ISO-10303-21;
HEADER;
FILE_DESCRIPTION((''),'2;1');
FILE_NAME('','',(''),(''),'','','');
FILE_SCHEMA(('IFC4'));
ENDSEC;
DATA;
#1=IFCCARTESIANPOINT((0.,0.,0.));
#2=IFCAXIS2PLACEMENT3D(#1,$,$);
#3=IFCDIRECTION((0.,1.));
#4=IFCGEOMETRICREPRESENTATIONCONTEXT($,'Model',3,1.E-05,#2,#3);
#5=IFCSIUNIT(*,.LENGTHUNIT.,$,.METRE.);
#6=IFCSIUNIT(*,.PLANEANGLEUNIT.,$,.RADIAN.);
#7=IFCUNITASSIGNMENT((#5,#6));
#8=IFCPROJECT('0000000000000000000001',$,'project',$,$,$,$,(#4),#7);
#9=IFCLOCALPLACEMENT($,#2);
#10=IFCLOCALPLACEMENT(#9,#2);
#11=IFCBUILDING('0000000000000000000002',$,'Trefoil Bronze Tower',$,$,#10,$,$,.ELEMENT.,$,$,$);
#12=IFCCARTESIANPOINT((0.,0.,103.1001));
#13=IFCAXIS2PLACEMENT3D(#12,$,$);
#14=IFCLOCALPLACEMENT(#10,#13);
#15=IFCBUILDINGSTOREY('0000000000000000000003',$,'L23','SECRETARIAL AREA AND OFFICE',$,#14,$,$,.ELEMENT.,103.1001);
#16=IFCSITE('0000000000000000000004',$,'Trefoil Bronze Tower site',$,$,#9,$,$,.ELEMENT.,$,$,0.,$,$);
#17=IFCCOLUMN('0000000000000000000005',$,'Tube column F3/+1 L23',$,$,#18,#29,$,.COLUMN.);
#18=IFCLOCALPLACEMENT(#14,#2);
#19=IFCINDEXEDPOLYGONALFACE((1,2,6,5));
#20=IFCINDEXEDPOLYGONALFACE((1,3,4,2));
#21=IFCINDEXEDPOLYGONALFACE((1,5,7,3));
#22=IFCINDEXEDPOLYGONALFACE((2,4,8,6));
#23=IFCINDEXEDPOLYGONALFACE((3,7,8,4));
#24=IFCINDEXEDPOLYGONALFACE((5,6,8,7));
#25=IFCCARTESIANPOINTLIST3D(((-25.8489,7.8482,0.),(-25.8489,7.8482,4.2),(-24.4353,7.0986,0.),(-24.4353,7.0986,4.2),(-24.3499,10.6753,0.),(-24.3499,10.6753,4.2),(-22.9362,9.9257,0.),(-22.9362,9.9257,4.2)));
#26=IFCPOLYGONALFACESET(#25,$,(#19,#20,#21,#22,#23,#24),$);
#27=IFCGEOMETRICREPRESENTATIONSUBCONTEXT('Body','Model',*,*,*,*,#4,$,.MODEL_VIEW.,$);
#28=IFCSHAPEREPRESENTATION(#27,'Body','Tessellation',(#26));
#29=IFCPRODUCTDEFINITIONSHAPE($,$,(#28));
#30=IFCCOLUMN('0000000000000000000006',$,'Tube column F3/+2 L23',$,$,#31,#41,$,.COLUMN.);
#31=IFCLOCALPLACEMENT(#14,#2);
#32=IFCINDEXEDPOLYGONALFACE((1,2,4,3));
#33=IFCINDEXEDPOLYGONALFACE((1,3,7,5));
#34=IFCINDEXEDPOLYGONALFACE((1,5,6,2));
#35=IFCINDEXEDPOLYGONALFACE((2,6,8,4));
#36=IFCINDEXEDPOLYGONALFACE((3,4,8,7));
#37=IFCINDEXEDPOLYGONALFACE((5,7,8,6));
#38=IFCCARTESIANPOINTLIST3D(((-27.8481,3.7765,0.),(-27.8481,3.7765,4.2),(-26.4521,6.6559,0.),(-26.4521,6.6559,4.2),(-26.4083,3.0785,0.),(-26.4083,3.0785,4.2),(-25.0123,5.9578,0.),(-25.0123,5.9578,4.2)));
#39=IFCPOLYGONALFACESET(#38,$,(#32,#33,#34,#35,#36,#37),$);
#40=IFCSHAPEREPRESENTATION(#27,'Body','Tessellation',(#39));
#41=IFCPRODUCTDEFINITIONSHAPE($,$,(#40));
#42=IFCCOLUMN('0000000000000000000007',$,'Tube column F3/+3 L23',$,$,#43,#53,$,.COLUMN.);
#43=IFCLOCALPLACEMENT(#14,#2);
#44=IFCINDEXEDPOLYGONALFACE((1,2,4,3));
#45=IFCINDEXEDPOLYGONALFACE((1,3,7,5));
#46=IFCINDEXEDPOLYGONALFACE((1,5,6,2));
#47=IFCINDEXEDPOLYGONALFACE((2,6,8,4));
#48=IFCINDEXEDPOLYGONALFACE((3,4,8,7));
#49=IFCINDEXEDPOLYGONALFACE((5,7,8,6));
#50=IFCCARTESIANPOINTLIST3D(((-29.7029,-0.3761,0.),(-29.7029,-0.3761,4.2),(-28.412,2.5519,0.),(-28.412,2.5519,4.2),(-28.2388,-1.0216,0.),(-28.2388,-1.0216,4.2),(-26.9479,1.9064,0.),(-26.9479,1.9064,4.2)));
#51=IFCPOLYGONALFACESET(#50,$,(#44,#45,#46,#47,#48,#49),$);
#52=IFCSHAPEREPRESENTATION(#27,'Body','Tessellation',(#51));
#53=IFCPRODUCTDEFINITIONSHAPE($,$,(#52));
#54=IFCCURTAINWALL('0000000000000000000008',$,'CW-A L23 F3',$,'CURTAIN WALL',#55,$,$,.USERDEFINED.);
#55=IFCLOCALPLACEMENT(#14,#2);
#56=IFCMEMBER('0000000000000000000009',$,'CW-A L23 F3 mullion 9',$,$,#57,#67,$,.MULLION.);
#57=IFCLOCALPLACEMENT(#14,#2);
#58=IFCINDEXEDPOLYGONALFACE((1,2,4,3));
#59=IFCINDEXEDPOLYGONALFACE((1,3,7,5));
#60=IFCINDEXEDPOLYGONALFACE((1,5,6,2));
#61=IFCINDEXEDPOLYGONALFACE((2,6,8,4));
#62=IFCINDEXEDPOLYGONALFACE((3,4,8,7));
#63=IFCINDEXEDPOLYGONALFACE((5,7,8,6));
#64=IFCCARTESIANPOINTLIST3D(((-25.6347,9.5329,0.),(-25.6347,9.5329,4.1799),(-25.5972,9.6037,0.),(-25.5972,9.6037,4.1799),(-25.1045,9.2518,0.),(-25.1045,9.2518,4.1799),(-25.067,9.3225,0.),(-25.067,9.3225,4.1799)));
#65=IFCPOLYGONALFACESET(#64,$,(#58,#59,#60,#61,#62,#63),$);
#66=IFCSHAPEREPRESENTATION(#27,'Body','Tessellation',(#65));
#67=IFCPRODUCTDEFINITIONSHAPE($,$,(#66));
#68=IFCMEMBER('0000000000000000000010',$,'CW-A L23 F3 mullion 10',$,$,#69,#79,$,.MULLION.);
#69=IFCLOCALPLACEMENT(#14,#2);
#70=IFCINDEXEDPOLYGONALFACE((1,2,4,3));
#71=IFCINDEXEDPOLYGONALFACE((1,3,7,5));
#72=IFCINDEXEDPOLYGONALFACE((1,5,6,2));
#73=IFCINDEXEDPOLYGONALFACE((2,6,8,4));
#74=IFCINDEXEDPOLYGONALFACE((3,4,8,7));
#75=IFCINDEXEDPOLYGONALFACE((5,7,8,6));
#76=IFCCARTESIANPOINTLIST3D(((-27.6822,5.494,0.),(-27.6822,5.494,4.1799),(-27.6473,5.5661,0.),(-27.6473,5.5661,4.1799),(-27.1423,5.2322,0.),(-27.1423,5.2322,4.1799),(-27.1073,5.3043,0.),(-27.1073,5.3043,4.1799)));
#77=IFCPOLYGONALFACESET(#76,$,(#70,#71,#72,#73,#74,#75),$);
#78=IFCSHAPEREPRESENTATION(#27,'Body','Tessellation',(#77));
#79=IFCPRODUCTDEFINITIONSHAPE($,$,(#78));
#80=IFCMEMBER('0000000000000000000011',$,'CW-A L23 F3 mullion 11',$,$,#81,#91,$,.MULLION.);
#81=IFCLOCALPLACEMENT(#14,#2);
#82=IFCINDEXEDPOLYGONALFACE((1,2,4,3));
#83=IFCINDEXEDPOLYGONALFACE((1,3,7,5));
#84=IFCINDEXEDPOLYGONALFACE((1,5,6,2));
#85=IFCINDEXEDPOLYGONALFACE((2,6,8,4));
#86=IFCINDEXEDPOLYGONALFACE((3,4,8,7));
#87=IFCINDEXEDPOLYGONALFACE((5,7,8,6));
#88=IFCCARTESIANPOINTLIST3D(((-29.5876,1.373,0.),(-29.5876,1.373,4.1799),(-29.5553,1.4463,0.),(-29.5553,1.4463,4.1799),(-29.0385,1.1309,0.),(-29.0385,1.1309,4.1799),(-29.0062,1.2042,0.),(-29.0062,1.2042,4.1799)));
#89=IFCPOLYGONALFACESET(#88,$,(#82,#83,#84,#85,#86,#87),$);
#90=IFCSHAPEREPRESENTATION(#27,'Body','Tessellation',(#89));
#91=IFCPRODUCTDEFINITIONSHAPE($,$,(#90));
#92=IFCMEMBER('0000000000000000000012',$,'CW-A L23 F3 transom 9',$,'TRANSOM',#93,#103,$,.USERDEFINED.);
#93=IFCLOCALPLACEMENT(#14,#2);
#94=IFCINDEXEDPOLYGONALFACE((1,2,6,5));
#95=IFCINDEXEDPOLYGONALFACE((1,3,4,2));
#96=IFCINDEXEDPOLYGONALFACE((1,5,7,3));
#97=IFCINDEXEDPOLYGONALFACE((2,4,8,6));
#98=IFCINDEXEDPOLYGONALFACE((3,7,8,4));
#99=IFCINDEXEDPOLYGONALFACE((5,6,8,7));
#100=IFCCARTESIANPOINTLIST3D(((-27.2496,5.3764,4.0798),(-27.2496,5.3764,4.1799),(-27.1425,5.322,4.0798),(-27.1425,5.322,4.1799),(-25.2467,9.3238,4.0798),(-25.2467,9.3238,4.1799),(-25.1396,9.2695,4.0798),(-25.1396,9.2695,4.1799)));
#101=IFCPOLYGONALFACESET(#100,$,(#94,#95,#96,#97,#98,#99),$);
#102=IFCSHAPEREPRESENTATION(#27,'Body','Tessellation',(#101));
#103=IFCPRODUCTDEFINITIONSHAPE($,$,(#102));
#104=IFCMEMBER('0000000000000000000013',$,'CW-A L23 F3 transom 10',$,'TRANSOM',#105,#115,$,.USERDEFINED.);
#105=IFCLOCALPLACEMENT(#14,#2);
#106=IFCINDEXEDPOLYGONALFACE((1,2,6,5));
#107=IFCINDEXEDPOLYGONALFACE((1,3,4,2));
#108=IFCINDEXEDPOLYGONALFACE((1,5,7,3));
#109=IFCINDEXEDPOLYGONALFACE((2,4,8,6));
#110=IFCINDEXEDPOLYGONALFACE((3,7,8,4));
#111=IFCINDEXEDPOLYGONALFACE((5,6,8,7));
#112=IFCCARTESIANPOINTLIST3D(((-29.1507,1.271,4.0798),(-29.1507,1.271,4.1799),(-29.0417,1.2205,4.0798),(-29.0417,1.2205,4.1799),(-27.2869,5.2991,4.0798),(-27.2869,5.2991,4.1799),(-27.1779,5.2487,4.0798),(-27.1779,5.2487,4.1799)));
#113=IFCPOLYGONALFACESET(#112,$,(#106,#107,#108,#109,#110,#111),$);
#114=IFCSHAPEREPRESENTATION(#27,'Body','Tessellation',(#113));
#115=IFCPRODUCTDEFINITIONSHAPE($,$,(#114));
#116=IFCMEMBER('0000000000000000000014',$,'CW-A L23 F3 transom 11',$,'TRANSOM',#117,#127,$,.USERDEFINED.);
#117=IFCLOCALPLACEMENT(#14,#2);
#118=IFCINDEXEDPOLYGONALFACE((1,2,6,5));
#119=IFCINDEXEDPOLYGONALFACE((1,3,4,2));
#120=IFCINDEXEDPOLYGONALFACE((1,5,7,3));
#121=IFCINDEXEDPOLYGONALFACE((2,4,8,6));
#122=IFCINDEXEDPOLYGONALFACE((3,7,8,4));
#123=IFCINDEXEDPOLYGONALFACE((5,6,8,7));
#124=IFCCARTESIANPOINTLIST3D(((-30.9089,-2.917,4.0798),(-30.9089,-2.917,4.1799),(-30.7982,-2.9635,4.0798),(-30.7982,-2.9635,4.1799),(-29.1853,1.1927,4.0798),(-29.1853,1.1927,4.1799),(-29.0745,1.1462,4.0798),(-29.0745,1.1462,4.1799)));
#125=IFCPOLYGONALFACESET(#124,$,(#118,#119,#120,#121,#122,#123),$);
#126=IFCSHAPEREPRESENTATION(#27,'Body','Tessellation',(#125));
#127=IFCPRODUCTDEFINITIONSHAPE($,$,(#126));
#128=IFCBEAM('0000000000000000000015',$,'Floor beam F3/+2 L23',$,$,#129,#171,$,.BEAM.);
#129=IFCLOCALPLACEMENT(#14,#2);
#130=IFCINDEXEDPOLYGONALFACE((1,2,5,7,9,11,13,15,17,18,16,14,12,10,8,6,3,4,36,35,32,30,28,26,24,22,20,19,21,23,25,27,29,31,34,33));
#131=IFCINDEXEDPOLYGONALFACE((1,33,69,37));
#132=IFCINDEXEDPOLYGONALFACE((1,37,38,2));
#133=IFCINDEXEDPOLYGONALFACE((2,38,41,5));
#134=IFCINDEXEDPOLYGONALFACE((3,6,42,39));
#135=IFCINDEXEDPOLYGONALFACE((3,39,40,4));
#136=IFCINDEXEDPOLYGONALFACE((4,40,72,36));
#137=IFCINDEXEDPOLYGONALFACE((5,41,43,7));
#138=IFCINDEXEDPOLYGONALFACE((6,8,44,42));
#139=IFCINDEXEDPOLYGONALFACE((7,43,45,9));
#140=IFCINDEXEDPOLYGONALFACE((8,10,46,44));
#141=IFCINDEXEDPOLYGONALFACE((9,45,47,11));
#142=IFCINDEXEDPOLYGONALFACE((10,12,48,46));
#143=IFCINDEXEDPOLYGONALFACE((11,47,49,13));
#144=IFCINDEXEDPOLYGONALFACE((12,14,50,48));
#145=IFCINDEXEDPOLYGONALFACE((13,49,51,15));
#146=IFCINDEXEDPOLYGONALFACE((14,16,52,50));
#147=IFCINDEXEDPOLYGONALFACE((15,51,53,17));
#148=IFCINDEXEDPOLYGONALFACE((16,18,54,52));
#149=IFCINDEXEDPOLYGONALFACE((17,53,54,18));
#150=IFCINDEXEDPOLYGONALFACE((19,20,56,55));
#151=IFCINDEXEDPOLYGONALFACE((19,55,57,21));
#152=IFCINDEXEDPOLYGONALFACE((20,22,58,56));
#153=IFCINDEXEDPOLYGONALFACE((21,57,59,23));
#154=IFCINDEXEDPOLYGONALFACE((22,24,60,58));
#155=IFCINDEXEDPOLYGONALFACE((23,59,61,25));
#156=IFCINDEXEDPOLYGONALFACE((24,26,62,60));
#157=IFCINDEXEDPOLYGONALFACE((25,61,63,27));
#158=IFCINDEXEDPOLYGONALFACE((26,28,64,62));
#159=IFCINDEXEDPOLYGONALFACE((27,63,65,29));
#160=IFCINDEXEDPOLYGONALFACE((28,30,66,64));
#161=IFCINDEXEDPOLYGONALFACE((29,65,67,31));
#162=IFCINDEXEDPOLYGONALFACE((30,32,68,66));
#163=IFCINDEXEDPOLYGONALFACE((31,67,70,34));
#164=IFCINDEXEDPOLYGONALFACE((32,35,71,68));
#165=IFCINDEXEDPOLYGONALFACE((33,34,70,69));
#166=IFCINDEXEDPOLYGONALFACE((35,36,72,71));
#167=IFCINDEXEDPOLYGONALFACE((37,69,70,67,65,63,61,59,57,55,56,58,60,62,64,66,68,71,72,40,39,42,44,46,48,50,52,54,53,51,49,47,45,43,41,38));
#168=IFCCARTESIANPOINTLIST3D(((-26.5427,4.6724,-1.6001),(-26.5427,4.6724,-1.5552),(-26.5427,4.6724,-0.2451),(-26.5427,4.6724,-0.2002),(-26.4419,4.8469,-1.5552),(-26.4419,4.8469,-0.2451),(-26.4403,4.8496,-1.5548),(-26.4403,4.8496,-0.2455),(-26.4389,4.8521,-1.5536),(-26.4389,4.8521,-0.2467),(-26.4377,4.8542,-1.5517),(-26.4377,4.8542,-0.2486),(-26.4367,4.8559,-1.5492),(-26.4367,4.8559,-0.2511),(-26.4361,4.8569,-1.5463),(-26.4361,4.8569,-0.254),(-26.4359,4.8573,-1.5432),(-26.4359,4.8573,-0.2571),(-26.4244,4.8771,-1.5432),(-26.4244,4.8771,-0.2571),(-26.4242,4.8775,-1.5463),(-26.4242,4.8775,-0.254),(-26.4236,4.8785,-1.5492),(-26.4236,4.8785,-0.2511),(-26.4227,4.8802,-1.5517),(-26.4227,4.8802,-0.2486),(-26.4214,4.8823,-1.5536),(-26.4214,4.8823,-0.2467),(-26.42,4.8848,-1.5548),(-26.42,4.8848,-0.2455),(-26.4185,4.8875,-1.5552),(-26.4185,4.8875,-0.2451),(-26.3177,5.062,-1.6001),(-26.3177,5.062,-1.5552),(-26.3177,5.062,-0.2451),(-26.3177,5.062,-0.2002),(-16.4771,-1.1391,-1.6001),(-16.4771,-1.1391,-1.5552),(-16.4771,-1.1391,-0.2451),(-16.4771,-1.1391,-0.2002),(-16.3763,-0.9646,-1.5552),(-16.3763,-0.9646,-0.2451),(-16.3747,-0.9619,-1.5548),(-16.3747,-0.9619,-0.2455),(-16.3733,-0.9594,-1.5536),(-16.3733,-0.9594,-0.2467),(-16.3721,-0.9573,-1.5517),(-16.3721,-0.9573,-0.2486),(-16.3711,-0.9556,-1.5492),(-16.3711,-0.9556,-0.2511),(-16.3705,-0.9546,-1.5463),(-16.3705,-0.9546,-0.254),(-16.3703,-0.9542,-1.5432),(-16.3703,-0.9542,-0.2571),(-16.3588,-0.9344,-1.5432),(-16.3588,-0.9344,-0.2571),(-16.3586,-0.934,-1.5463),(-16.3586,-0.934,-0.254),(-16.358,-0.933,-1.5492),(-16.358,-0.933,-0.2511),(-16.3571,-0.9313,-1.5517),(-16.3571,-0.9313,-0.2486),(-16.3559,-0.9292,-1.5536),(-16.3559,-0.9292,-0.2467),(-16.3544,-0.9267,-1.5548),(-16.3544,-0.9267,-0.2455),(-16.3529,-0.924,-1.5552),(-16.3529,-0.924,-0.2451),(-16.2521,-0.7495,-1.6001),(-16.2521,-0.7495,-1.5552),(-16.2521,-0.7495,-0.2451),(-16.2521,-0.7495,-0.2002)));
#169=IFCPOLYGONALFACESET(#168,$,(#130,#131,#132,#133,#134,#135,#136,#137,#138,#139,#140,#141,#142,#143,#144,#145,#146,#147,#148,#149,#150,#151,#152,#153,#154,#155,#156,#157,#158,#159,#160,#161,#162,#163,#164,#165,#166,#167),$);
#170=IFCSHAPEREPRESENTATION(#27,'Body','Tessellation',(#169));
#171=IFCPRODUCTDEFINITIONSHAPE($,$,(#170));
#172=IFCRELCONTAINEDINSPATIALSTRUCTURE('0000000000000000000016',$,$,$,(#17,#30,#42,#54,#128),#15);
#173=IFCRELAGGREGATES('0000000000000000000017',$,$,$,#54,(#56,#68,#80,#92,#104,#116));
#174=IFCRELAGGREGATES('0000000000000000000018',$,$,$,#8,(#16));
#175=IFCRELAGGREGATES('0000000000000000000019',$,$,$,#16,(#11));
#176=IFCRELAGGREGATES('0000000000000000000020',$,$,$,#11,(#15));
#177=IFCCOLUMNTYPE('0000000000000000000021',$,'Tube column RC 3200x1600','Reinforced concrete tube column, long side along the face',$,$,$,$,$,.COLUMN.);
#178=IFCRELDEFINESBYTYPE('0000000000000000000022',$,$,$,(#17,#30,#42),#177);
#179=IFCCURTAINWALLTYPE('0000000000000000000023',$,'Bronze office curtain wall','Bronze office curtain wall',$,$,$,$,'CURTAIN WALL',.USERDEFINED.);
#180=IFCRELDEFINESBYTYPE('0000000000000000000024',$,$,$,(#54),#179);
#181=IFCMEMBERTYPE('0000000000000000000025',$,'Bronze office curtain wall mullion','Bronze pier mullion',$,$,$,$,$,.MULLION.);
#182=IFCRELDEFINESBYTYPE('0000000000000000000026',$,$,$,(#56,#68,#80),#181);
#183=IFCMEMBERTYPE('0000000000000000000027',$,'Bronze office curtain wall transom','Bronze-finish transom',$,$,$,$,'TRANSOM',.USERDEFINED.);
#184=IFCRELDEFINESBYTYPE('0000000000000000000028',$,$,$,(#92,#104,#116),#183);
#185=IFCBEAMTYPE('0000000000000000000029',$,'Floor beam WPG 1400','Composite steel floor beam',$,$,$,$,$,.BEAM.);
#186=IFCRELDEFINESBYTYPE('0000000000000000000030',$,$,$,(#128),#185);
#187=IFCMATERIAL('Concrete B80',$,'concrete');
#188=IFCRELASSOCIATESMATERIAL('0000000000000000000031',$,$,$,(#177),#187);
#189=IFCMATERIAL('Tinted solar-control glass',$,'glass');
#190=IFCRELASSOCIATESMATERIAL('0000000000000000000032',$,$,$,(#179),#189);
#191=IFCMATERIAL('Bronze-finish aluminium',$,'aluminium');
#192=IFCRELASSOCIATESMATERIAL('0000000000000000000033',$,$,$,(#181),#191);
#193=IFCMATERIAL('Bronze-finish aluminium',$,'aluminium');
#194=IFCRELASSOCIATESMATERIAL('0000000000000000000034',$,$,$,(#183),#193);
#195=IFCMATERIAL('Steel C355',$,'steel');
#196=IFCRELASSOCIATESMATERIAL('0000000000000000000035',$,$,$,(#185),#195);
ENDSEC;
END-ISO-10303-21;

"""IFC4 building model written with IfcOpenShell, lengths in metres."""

from ifc_helpers import new_model, si_unit, direction, frame, origin, origin_2d, place, context, subcontext, project, spatial, rectangle, i_section, extrude, material, material_profile, profile_set, type_object, element, aggregate, save


model = new_model("IFC4")

# Units and contexts
model_context = context("Model", 3, precision=1e-05, world=origin(), true_north=direction((0.0, 1.0)))
body_context = subcontext(model_context, "Body", "Model", "MODEL_VIEW")
ifc_project = project(units=[si_unit("LENGTHUNIT", "METRE"), si_unit("PLANEANGLEUNIT", "RADIAN")], contexts=[model_context])

# Site, building, storey
site_placement = place(None, origin())
site = spatial("IfcSite", under=ifc_project, at=site_placement, Name="Trefoil Bronze Tower site", CompositionType="ELEMENT", RefElevation=0.0)
building_placement = place(site_placement, origin())
building = spatial("IfcBuilding", under=site, at=building_placement, Name="Trefoil Bronze Tower", CompositionType="ELEMENT")
storey_placement = place(building_placement, frame((0.0, 0.0, 103.1001)))
storey = spatial("IfcBuildingStorey", under=building, at=storey_placement, Name="L23", Description="SECRETARIAL AREA AND OFFICE", CompositionType="ELEMENT", Elevation=103.1001)

# Columns
ifc_material_1 = material(Name="Concrete B80", Category="concrete")
ifc_material_profile_1 = material_profile(ifc_material_1, rectangle(XDim=3.2, YDim=1.6001, at=origin_2d()), Name="RC 3200x1600")
ifc_profile_set_1 = profile_set([ifc_material_profile_1], Name="Concrete B80")
column_type = type_object("IfcColumnType", Name="Tube column RC 3200x1600", Description="Reinforced concrete tube column, long side along the face", PredefinedType="COLUMN", material=ifc_profile_set_1)
for number, where, z_axis, x_axis, name in (
    (1, (-24.3926, 8.887, 0.0), (0.0, 0.0, 1.0), (-0.468457, -0.883486, 0.0), "Tube column F3/+1 L23"),
    (2, (-26.4302, 4.8672, 0.0), (0.0, 0.0, 1.0), (-0.436262, -0.89982, 0.0), "Tube column F3/+2 L23"),
    (3, (-28.3254, 0.7651, 0.0), (0.0, 0.0, 1.0), (-0.403412, -0.915018, 0.0), "Tube column F3/+3 L23"),
):
    element("IfcColumn", number, at=place(storey_placement, frame(where, z_axis=z_axis, x_axis=x_axis)), inside=storey, type_object=column_type, Name=name, PredefinedType="COLUMN", context=body_context, shape_type="SweptSolid", body=[
        extrude(rectangle(XDim=3.2, YDim=1.6001, at=origin_2d()), origin(), (0.0, 0.0, 1.0), 4.2),
    ])

# Curtain wall, members
ifc_material_2 = material(Name="Tinted solar-control glass", Category="glass")
curtain_wall_type = type_object("IfcCurtainWallType", Name="Bronze office curtain wall", Description="Bronze office curtain wall", ElementType="CURTAIN WALL", PredefinedType="USERDEFINED", material=ifc_material_2)
curtain_wall_placement = place(storey_placement, origin())
curtain_wall = element("IfcCurtainWall", 4, at=curtain_wall_placement, inside=storey, type_object=curtain_wall_type, Name="CW-A L23 F3", ObjectType="CURTAIN WALL", PredefinedType="USERDEFINED")
ifc_material_3 = material(Name="Bronze-finish aluminium", Category="aluminium")
ifc_material_profile_2 = material_profile(ifc_material_3, rectangle(XDim=0.6001, YDim=0.0801, at=origin_2d()), Name="CW-A mullion")
ifc_profile_set_2 = profile_set([ifc_material_profile_2], Name="Bronze-finish aluminium")
member_type_1 = type_object("IfcMemberType", Name="Bronze office curtain wall mullion", Description="Bronze pier mullion", PredefinedType="MULLION", material=ifc_profile_set_2)
member_1_placement = place(storey_placement, frame((-25.3508, 9.4277, 0.0), z_axis=(0.0, 0.0, 1.0), x_axis=(0.883486, -0.468457, 0.0)))
member_1 = element("IfcMember", 5, at=member_1_placement, type_object=member_type_1, Name="CW-A L23 F3 mullion 9", PredefinedType="MULLION", context=body_context, shape_type="SweptSolid", body=[
    extrude(rectangle(XDim=0.6001, YDim=0.0801, at=origin_2d()), origin(), (0.0, 0.0, 1.0), 4.1799),
])
member_2_placement = place(storey_placement, frame((-27.3948, 5.3992, 0.0), z_axis=(0.0, 0.0, 1.0), x_axis=(0.89982, -0.436262, 0.0)))
member_2 = element("IfcMember", 6, at=member_2_placement, type_object=member_type_1, Name="CW-A L23 F3 mullion 10", PredefinedType="MULLION", context=body_context, shape_type="SweptSolid", body=[
    extrude(rectangle(XDim=0.6001, YDim=0.0801, at=origin_2d()), origin(), (0.0, 0.0, 1.0), 4.1799),
])
member_3_placement = place(storey_placement, frame((-29.2969, 1.2886, 0.0), z_axis=(0.0, 0.0, 1.0), x_axis=(0.915018, -0.403412, 0.0)))
member_3 = element("IfcMember", 7, at=member_3_placement, type_object=member_type_1, Name="CW-A L23 F3 mullion 11", PredefinedType="MULLION", context=body_context, shape_type="SweptSolid", body=[
    extrude(rectangle(XDim=0.6001, YDim=0.0801, at=origin_2d()), origin(), (0.0, 0.0, 1.0), 4.1799),
])
ifc_material_4 = material(Name="Bronze-finish aluminium", Category="aluminium")
ifc_material_profile_3 = material_profile(ifc_material_4, rectangle(XDim=0.1201, YDim=0.1001, at=origin_2d()), Name="CW-A transom")
ifc_profile_set_3 = profile_set([ifc_material_profile_3], Name="Bronze-finish aluminium")
member_type_2 = type_object("IfcMemberType", Name="Bronze office curtain wall transom", Description="Bronze-finish transom", ElementType="TRANSOM", PredefinedType="USERDEFINED", material=ifc_profile_set_3)
member_4_placement = place(storey_placement, frame((-25.1931, 9.2966, 4.1299), z_axis=(-0.452478, -0.891775, 0.0), x_axis=(0.891775, -0.452478, 0.0)))
member_4 = element("IfcMember", 8, at=member_4_placement, type_object=member_type_2, Name="CW-A L23 F3 transom 9", ObjectType="TRANSOM", PredefinedType="USERDEFINED", context=body_context, shape_type="SweptSolid", body=[
    extrude(rectangle(XDim=0.1201, YDim=0.1001, at=origin_2d()), origin(), (0.0, 0.0, 1.0), 4.4265),
])
member_5_placement = place(storey_placement, frame((-27.2324, 5.2739, 4.1299), z_axis=(-0.419923, -0.90756, 0.0), x_axis=(0.90756, -0.419923, 0.0)))
member_5 = element("IfcMember", 9, at=member_5_placement, type_object=member_type_2, Name="CW-A L23 F3 transom 10", ObjectType="TRANSOM", PredefinedType="USERDEFINED", context=body_context, shape_type="SweptSolid", body=[
    extrude(rectangle(XDim=0.1201, YDim=0.1001, at=origin_2d()), origin(), (0.0, 0.0, 1.0), 4.4385),
])
member_6_placement = place(storey_placement, frame((-29.1299, 1.1694, 4.1299), z_axis=(-0.386773, -0.922175, 0.0), x_axis=(0.922175, -0.386773, 0.0)))
member_6 = element("IfcMember", 10, at=member_6_placement, type_object=member_type_2, Name="CW-A L23 F3 transom 11", ObjectType="TRANSOM", PredefinedType="USERDEFINED", context=body_context, shape_type="SweptSolid", body=[
    extrude(rectangle(XDim=0.1201, YDim=0.1001, at=origin_2d()), origin(), (0.0, 0.0, 1.0), 4.4565),
])

# Beam
ifc_material_5 = material(Name="Steel C355", Category="steel")
ifc_material_profile_4 = material_profile(ifc_material_5, i_section(OverallWidth=0.45, OverallDepth=1.3999, WebThickness=0.0229, FlangeThickness=0.0449, FilletRadius=0.012, at=origin_2d()), Name="WPG 1400")
ifc_profile_set_4 = profile_set([ifc_material_profile_4], Name="Steel C355")
beam_type_1 = type_object("IfcBeamType", Name="Floor beam WPG 1400", Description="Composite steel floor beam", PredefinedType="BEAM", material=ifc_profile_set_4)
beam_1_placement = place(storey_placement, frame((-26.4302, 4.8672, -0.9001), z_axis=(0.866022, -0.500007, 0.0), x_axis=(0.500007, 0.866022, 0.0)))
element("IfcBeam", 11, at=beam_1_placement, inside=storey, type_object=beam_type_1, Name="Floor beam F3/+2 L23", PredefinedType="BEAM", context=body_context, shape_type="SweptSolid", body=[
    extrude(i_section(OverallWidth=0.45, OverallDepth=1.3999, WebThickness=0.0229, FlangeThickness=0.0449, FilletRadius=0.012, at=origin_2d()), origin(), (0.0, 0.0, 1.0), 11.6228),
])

aggregate(curtain_wall, [member_1, member_2, member_3, member_4, member_5, member_6])

save(model, "model.ifc")
